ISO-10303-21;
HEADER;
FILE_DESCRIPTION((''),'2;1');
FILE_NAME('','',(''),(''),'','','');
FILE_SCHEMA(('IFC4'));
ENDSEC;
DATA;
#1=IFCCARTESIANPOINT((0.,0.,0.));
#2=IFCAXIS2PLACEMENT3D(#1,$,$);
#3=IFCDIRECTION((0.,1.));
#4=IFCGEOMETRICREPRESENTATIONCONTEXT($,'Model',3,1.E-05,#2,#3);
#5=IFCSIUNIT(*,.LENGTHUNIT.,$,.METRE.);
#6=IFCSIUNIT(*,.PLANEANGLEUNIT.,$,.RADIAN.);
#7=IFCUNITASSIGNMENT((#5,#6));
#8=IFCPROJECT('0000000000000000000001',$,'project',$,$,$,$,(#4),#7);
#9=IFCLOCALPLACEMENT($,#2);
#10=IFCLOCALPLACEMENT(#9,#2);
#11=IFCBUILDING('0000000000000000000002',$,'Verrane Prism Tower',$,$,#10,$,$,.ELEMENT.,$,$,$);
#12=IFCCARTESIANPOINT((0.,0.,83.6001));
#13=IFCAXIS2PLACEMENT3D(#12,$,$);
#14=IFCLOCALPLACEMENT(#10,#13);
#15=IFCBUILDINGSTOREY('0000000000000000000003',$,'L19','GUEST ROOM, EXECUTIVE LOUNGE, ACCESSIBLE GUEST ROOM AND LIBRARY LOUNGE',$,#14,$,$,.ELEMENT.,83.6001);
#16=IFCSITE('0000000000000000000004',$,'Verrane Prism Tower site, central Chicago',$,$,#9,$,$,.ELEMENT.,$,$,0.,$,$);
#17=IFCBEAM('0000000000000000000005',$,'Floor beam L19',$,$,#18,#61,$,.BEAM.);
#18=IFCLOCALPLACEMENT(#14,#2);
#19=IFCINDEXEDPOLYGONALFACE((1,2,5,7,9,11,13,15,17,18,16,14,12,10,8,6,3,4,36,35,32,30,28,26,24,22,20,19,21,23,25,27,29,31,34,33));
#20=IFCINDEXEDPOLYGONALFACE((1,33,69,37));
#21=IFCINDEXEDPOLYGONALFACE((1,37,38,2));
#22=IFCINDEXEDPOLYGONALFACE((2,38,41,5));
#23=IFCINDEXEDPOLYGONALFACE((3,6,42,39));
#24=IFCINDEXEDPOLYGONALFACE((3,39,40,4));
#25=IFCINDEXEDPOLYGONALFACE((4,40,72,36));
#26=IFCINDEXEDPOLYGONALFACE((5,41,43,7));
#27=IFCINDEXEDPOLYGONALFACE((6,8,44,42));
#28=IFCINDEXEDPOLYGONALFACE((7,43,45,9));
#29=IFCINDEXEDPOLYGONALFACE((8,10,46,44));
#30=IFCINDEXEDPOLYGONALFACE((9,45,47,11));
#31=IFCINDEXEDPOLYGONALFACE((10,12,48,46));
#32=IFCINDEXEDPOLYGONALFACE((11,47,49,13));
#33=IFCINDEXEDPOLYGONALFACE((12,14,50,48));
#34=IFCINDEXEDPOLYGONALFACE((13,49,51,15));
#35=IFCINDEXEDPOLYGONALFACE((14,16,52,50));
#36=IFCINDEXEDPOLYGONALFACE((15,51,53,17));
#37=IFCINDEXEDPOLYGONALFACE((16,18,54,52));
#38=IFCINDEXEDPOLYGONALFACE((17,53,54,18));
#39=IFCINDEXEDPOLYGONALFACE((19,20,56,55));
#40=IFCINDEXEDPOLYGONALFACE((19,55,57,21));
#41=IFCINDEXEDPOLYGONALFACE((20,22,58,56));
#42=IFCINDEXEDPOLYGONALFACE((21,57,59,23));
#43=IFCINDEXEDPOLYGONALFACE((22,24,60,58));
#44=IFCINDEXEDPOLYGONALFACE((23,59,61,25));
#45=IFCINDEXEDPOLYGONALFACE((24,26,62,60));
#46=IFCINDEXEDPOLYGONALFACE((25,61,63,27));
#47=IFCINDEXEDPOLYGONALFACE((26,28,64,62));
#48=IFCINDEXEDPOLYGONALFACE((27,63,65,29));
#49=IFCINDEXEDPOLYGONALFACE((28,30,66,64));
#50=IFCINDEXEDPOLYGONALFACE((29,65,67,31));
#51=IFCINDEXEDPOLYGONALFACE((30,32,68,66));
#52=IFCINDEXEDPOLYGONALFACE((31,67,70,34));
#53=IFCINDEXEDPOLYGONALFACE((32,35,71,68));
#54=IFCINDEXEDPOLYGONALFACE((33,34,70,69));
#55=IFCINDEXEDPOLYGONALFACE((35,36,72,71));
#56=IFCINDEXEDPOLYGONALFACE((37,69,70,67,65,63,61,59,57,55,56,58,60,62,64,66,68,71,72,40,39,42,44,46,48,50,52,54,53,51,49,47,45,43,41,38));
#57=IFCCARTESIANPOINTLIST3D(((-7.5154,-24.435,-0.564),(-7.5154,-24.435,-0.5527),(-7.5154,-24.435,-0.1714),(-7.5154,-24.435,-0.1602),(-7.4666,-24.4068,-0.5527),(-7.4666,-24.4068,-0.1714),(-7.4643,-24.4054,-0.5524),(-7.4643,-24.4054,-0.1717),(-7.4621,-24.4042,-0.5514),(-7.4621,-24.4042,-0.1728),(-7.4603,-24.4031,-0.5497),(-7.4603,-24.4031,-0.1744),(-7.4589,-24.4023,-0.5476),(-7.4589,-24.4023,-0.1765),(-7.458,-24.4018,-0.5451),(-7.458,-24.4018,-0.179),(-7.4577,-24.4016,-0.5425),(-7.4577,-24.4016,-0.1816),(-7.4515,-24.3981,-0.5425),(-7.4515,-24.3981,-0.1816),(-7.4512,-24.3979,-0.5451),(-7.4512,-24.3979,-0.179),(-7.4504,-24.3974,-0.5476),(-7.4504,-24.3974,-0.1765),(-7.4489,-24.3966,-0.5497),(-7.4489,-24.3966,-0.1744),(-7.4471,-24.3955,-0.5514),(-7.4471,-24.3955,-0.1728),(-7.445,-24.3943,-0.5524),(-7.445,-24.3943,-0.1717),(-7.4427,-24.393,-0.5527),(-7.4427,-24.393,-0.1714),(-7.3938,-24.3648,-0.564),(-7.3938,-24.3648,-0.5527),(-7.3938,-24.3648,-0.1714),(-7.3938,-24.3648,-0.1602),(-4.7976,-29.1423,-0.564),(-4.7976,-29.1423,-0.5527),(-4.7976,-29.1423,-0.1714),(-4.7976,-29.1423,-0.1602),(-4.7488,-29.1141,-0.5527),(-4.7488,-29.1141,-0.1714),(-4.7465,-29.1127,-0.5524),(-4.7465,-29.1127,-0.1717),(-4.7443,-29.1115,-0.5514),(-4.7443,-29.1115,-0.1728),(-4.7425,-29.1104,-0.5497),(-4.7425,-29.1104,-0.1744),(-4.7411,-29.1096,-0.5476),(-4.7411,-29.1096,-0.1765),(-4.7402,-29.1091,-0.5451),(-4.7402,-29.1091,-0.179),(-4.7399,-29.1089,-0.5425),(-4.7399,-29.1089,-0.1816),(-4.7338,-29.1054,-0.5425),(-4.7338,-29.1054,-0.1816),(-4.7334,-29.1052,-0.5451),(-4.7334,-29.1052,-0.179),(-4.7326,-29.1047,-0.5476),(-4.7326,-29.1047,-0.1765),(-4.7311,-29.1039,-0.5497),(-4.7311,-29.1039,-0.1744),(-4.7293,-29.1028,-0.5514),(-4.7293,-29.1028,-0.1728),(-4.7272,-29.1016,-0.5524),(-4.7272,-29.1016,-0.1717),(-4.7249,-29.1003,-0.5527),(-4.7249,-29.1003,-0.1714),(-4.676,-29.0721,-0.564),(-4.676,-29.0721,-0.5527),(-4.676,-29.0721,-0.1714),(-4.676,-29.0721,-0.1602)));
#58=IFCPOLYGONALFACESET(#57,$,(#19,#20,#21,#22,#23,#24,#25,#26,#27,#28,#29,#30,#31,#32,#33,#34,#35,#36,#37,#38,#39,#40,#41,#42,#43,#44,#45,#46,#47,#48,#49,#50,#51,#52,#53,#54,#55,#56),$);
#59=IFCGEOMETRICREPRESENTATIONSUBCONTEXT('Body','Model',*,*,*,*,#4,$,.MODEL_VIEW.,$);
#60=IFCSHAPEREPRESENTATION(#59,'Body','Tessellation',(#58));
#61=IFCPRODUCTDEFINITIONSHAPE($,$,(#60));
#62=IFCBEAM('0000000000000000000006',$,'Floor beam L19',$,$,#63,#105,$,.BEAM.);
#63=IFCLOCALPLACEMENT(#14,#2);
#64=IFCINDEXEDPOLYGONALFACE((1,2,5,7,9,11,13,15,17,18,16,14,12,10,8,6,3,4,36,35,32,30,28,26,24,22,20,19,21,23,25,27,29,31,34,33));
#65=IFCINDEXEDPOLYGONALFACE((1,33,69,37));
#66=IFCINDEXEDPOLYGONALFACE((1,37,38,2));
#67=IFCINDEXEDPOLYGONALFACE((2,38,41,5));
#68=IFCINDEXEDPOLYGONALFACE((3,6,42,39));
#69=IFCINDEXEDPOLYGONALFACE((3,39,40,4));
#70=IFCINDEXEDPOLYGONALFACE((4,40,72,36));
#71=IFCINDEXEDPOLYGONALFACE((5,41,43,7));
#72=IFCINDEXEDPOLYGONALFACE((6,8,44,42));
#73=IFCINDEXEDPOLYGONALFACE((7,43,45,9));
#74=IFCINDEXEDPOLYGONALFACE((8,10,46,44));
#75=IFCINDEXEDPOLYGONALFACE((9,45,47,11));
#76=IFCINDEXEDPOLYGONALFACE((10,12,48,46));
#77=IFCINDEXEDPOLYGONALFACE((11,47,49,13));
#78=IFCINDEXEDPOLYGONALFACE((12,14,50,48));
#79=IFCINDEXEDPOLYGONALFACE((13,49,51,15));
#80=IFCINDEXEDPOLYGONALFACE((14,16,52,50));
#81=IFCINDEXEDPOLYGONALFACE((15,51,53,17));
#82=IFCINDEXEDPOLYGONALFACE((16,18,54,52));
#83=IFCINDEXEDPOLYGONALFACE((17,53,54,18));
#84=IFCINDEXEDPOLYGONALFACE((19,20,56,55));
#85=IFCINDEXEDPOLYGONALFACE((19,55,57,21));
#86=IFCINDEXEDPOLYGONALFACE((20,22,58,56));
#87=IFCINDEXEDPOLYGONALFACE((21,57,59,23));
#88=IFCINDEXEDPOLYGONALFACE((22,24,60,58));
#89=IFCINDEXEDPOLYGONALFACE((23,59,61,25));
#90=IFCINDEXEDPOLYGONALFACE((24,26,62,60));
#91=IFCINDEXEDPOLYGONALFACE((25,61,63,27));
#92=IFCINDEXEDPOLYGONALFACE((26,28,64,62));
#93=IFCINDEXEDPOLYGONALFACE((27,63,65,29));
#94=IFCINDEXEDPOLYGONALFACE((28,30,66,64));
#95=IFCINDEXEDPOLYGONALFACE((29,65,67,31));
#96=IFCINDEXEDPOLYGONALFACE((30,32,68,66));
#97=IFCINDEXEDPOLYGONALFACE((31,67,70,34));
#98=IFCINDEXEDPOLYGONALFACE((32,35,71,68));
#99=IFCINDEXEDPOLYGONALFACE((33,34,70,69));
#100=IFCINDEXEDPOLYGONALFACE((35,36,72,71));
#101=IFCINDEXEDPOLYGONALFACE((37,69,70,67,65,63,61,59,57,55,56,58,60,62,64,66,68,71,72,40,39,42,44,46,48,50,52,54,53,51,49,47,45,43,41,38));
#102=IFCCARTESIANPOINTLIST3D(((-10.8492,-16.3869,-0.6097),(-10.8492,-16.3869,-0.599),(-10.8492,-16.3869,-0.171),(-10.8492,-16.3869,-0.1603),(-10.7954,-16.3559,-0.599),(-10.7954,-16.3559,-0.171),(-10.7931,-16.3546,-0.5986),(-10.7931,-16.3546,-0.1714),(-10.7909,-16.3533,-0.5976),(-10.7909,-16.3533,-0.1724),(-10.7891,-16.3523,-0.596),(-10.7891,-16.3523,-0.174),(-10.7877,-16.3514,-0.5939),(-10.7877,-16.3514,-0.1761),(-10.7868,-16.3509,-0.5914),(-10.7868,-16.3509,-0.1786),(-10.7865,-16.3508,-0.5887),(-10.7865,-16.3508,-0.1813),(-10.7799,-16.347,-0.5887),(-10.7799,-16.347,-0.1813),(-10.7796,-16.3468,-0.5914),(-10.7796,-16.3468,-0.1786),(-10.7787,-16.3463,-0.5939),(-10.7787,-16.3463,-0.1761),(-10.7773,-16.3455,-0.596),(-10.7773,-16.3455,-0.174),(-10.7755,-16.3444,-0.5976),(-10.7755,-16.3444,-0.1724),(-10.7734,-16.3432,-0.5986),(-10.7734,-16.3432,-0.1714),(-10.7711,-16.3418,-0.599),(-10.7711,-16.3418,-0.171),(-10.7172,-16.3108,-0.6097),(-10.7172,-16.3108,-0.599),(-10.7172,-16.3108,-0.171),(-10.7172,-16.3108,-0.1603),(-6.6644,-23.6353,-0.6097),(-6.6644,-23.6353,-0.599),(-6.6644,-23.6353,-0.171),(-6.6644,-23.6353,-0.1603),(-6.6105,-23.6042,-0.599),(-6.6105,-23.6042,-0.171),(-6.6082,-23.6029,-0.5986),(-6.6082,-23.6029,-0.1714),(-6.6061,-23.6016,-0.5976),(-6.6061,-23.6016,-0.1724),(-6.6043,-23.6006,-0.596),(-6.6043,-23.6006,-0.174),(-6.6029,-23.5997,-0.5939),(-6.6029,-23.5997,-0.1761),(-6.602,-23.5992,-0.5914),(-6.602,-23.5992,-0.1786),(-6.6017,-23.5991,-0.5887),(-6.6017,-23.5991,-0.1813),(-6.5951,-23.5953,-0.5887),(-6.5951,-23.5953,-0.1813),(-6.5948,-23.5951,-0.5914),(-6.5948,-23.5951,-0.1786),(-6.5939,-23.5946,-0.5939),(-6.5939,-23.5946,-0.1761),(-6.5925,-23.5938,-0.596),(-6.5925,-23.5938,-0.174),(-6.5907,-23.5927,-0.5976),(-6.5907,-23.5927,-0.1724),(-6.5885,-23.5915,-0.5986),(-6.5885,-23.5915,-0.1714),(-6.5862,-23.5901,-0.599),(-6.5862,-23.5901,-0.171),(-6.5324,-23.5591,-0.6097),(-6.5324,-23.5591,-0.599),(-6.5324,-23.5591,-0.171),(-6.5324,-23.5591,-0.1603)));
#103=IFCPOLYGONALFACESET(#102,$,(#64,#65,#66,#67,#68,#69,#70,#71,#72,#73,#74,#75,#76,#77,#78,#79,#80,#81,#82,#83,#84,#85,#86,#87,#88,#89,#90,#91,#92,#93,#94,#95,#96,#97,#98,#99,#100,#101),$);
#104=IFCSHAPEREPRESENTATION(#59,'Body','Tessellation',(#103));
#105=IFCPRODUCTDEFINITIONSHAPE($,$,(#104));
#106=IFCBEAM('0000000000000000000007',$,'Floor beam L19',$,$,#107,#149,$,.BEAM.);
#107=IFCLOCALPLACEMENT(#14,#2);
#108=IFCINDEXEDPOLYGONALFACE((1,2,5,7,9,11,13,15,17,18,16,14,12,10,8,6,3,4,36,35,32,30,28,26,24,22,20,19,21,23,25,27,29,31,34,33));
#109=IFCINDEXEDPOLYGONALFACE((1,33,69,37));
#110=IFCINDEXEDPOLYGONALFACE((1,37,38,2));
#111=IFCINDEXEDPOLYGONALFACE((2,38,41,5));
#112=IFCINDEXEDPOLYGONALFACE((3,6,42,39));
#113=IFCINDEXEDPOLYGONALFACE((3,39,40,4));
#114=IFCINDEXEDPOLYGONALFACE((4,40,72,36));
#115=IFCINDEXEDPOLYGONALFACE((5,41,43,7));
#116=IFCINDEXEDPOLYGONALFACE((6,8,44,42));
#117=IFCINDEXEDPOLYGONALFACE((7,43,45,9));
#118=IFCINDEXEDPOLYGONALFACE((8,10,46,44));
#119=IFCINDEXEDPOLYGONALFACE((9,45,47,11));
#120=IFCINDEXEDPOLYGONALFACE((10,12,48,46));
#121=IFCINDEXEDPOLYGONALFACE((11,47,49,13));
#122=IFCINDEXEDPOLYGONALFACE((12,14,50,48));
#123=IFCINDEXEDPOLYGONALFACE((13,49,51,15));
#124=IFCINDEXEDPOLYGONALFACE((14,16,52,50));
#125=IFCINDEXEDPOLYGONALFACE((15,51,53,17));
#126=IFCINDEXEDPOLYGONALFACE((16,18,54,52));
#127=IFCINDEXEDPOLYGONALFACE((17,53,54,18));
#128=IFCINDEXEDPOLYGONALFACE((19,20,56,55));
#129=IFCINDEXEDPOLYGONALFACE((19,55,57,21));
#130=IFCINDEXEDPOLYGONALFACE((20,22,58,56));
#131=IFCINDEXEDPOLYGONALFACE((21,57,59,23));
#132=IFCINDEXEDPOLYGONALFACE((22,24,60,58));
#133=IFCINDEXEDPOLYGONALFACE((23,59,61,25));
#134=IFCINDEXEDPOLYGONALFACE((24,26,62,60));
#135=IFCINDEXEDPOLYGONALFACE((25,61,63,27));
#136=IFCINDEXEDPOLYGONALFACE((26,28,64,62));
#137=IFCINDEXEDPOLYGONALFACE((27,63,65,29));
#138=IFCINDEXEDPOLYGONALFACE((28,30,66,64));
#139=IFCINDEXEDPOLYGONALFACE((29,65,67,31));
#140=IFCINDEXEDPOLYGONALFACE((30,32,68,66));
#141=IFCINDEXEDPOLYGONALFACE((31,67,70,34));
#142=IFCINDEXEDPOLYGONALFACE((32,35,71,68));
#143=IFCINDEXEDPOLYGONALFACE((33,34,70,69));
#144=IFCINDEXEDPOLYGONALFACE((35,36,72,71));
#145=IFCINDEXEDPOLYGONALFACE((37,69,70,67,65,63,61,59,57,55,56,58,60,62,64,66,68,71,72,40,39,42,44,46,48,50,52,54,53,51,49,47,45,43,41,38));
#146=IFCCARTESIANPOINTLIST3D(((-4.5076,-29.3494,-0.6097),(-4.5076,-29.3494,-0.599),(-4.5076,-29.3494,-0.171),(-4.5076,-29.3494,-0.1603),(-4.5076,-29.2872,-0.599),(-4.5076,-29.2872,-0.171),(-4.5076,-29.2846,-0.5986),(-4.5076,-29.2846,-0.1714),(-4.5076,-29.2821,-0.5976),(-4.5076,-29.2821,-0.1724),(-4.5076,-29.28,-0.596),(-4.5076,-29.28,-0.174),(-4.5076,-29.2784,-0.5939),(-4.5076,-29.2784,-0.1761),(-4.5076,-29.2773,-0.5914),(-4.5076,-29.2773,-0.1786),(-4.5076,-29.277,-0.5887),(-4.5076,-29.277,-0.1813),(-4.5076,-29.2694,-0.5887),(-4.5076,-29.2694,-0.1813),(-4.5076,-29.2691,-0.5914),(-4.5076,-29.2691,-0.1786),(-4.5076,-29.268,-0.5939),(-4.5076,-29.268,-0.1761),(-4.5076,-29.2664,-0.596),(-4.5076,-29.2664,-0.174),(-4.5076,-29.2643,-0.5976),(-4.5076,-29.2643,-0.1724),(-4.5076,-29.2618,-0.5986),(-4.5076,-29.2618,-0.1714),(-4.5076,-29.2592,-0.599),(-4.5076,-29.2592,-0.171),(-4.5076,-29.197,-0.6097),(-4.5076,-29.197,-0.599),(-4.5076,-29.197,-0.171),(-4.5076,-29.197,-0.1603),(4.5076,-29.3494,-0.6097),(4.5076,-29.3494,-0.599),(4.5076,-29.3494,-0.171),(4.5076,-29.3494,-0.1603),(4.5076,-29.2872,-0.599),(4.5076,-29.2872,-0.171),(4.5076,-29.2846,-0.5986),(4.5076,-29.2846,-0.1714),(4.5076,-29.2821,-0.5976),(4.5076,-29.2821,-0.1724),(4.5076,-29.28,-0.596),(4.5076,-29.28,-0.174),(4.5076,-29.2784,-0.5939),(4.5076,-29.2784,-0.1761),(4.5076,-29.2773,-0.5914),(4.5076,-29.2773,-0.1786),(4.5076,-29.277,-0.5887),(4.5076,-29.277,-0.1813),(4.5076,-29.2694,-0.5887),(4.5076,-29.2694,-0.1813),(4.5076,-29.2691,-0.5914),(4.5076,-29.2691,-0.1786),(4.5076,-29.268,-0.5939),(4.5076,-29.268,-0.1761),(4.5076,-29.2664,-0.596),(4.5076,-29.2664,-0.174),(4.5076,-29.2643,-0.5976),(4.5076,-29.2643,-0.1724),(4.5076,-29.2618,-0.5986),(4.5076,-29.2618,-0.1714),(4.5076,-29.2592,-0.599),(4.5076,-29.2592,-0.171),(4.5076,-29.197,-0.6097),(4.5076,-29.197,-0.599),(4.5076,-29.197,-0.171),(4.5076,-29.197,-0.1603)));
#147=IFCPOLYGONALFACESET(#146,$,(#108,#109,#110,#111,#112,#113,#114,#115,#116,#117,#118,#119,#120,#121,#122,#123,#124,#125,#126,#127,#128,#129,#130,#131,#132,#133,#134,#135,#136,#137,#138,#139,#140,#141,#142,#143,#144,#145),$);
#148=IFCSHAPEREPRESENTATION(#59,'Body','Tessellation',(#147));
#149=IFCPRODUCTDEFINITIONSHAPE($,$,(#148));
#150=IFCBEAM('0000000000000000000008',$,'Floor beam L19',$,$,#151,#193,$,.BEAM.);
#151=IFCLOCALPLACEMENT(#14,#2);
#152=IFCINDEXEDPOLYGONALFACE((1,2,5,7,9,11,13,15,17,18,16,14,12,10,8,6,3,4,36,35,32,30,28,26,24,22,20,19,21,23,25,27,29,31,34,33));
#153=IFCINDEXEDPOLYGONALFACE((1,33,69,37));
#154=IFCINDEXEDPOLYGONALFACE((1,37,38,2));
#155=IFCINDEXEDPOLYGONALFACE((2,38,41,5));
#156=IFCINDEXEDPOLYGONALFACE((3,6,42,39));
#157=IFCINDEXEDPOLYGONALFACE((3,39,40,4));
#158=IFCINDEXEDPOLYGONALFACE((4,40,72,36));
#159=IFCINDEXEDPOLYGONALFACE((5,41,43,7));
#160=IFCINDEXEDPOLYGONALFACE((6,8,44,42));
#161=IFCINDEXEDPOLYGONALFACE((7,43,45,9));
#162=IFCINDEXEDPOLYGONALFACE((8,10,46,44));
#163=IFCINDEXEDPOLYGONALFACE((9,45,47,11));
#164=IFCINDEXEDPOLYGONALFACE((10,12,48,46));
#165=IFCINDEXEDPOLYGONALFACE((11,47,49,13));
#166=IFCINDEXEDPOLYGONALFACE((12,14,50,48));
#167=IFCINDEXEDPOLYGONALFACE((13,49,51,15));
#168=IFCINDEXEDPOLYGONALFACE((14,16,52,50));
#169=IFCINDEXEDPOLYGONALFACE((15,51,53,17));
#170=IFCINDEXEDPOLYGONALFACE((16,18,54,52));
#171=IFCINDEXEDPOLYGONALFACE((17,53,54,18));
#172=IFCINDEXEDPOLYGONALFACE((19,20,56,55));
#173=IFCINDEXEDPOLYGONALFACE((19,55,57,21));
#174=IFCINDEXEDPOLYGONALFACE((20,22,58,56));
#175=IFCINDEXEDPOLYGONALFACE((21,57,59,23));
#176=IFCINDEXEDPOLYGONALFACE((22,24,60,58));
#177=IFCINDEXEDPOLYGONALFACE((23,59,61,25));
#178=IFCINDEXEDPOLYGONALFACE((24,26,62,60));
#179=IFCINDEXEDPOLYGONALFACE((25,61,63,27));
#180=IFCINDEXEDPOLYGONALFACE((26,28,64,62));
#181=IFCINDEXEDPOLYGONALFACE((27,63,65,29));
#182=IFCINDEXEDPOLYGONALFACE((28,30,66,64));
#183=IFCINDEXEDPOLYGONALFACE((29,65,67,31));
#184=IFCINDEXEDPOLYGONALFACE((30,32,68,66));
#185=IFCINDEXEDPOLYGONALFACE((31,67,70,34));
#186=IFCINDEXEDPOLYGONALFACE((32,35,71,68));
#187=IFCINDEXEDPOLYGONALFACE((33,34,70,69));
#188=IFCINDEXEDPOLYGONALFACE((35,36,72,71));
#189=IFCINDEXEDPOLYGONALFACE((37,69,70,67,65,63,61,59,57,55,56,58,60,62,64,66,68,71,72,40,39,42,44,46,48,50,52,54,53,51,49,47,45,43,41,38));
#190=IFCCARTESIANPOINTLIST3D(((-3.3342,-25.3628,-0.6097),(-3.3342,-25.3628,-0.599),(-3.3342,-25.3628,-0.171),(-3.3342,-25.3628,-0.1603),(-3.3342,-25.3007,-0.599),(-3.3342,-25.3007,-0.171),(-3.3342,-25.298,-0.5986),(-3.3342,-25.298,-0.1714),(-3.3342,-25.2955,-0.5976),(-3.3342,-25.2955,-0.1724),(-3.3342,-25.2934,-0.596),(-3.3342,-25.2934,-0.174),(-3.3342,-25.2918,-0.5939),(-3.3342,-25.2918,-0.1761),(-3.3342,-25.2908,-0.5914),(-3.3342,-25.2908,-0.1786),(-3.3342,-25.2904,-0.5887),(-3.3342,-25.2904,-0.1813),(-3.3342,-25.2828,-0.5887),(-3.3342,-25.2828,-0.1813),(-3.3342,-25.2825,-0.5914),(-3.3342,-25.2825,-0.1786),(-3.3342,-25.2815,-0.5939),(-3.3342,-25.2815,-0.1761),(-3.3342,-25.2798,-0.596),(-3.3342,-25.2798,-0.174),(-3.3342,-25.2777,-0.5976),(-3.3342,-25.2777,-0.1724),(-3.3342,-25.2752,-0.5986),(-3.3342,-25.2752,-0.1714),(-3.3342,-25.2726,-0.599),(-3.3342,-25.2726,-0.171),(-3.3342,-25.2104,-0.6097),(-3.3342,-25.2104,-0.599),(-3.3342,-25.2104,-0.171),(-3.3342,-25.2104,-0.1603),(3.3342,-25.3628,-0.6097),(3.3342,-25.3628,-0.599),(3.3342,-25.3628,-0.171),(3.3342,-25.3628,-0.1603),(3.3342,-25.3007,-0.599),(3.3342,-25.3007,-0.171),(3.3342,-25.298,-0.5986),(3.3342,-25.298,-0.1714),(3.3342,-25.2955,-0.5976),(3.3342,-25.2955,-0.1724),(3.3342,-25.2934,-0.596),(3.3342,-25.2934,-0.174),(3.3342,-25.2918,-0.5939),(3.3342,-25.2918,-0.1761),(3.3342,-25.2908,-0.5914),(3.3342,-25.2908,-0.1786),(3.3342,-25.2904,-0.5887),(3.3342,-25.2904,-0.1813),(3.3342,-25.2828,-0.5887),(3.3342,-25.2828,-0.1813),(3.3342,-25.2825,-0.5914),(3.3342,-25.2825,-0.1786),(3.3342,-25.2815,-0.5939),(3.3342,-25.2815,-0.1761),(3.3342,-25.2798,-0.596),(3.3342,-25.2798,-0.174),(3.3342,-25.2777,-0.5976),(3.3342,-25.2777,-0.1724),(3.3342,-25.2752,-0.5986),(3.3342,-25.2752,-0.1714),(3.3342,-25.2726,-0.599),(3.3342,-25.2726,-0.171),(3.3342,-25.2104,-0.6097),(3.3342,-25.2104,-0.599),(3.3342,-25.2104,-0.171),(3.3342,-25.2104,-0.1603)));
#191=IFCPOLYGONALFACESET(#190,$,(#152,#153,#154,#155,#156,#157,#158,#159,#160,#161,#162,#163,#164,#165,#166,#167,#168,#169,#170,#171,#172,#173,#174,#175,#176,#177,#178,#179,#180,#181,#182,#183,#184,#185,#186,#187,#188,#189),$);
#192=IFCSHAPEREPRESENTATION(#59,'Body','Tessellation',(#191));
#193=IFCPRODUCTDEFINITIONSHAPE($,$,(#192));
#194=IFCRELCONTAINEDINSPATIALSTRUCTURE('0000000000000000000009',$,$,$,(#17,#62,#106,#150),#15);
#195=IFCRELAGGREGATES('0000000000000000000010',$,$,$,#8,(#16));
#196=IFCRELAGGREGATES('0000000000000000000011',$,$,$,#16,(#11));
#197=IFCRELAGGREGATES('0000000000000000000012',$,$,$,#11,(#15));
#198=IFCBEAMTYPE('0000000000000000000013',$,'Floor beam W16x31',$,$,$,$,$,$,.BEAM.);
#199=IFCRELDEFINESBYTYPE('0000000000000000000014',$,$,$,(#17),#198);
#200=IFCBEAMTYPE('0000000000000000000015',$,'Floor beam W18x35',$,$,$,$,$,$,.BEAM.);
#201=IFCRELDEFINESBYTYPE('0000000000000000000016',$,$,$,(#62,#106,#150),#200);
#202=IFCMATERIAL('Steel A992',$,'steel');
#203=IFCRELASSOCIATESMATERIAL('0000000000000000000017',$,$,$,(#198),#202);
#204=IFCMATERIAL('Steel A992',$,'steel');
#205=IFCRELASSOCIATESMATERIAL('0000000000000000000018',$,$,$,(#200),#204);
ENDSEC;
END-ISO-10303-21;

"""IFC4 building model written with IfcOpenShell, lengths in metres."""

from ifc_helpers import new_model, si_unit, direction, frame, origin, origin_2d, place, context, subcontext, project, spatial, i_section, extrude, material, material_profile, profile_set, type_object, element, save


model = new_model("IFC4")

# Units and contexts
model_context = context("Model", 3, precision=1e-05, world=origin(), true_north=direction((0.0, 1.0)))
body_context = subcontext(model_context, "Body", "Model", "MODEL_VIEW")
ifc_project = project(units=[si_unit("LENGTHUNIT", "METRE"), si_unit("PLANEANGLEUNIT", "RADIAN")], contexts=[model_context])

# Site, building, storey
site_placement = place(None, origin())
site = spatial("IfcSite", under=ifc_project, at=site_placement, Name="Verrane Prism Tower site, central Chicago", CompositionType="ELEMENT", RefElevation=0.0)
building_placement = place(site_placement, origin())
building = spatial("IfcBuilding", under=site, at=building_placement, Name="Verrane Prism Tower", CompositionType="ELEMENT")
storey_placement = place(building_placement, frame((0.0, 0.0, 83.6001)))
storey = spatial("IfcBuildingStorey", under=building, at=storey_placement, Name="L19", Description="GUEST ROOM, EXECUTIVE LOUNGE, ACCESSIBLE GUEST ROOM AND LIBRARY LOUNGE", CompositionType="ELEMENT", Elevation=83.6001)

# Beams
ifc_material_1 = material(Name="Steel A992", Category="steel")
ifc_material_profile_1 = material_profile(ifc_material_1, i_section(OverallWidth=0.1404, OverallDepth=0.4038, WebThickness=0.0071, FlangeThickness=0.0112, FilletRadius=0.0103, at=origin_2d()), Name="W16x31")
ifc_profile_set_1 = profile_set([ifc_material_profile_1], Name="Steel A992")
beam_type_1 = type_object("IfcBeamType", Name="Floor beam W16x31", PredefinedType="BEAM", material=ifc_profile_set_1)
beam_1_placement = place(storey_placement, frame((-4.7368, -29.1072, -0.3621), z_axis=(-0.500004, 0.866023, 0.0), x_axis=(-0.866023, -0.500004, 0.0)))
element("IfcBeam", 1, at=beam_1_placement, inside=storey, type_object=beam_type_1, Name="Floor beam L19", PredefinedType="BEAM", context=body_context, shape_type="SweptSolid", body=[
    extrude(i_section(OverallWidth=0.1404, OverallDepth=0.4038, WebThickness=0.0071, FlangeThickness=0.0112, FilletRadius=0.0103, at=origin_2d()), origin(), (0.0, 0.0, 1.0), 5.4355),
])
ifc_material_2 = material(Name="Steel A992", Category="steel")
ifc_material_profile_2 = material_profile(ifc_material_2, i_section(OverallWidth=0.1523, OverallDepth=0.4495, WebThickness=0.0076, FlangeThickness=0.0107, FilletRadius=0.0103, at=origin_2d()), Name="W18x35")
ifc_profile_set_2 = profile_set([ifc_material_profile_2], Name="Steel A992")
beam_type_2 = type_object("IfcBeamType", Name="Floor beam W18x35", PredefinedType="BEAM", material=ifc_profile_set_2)
beam_2_placement = place(storey_placement, frame((-6.5984, -23.5972, -0.385), z_axis=(-0.500001, 0.866025, 0.0), x_axis=(-0.866025, -0.500001, 0.0)))
element("IfcBeam", 2, at=beam_2_placement, inside=storey, type_object=beam_type_2, Name="Floor beam L19", PredefinedType="BEAM", context=body_context, shape_type="SweptSolid", body=[
    extrude(i_section(OverallWidth=0.1523, OverallDepth=0.4495, WebThickness=0.0076, FlangeThickness=0.0107, FilletRadius=0.0103, at=origin_2d()), origin(), (0.0, 0.0, 1.0), 8.3696),
])
beam_3_placement = place(storey_placement, frame((-4.5076, -29.2732, -0.385), z_axis=(1.0, 0.0, 0.0), x_axis=(0.0, 1.0, 0.0)))
element("IfcBeam", 3, at=beam_3_placement, inside=storey, type_object=beam_type_2, Name="Floor beam L19", PredefinedType="BEAM", context=body_context, shape_type="SweptSolid", body=[
    extrude(i_section(OverallWidth=0.1523, OverallDepth=0.4495, WebThickness=0.0076, FlangeThickness=0.0107, FilletRadius=0.0103, at=origin_2d()), origin(), (0.0, 0.0, 1.0), 9.0151),
])
beam_4_placement = place(storey_placement, frame((-3.3342, -25.2866, -0.385), z_axis=(1.0, 0.0, 0.0), x_axis=(0.0, 1.0, 0.0)))
element("IfcBeam", 4, at=beam_4_placement, inside=storey, type_object=beam_type_2, Name="Floor beam L19", PredefinedType="BEAM", context=body_context, shape_type="SweptSolid", body=[
    extrude(i_section(OverallWidth=0.1523, OverallDepth=0.4495, WebThickness=0.0076, FlangeThickness=0.0107, FilletRadius=0.0103, at=origin_2d()), origin(), (0.0, 0.0, 1.0), 6.6685),
])

save(model, "model.ifc")
